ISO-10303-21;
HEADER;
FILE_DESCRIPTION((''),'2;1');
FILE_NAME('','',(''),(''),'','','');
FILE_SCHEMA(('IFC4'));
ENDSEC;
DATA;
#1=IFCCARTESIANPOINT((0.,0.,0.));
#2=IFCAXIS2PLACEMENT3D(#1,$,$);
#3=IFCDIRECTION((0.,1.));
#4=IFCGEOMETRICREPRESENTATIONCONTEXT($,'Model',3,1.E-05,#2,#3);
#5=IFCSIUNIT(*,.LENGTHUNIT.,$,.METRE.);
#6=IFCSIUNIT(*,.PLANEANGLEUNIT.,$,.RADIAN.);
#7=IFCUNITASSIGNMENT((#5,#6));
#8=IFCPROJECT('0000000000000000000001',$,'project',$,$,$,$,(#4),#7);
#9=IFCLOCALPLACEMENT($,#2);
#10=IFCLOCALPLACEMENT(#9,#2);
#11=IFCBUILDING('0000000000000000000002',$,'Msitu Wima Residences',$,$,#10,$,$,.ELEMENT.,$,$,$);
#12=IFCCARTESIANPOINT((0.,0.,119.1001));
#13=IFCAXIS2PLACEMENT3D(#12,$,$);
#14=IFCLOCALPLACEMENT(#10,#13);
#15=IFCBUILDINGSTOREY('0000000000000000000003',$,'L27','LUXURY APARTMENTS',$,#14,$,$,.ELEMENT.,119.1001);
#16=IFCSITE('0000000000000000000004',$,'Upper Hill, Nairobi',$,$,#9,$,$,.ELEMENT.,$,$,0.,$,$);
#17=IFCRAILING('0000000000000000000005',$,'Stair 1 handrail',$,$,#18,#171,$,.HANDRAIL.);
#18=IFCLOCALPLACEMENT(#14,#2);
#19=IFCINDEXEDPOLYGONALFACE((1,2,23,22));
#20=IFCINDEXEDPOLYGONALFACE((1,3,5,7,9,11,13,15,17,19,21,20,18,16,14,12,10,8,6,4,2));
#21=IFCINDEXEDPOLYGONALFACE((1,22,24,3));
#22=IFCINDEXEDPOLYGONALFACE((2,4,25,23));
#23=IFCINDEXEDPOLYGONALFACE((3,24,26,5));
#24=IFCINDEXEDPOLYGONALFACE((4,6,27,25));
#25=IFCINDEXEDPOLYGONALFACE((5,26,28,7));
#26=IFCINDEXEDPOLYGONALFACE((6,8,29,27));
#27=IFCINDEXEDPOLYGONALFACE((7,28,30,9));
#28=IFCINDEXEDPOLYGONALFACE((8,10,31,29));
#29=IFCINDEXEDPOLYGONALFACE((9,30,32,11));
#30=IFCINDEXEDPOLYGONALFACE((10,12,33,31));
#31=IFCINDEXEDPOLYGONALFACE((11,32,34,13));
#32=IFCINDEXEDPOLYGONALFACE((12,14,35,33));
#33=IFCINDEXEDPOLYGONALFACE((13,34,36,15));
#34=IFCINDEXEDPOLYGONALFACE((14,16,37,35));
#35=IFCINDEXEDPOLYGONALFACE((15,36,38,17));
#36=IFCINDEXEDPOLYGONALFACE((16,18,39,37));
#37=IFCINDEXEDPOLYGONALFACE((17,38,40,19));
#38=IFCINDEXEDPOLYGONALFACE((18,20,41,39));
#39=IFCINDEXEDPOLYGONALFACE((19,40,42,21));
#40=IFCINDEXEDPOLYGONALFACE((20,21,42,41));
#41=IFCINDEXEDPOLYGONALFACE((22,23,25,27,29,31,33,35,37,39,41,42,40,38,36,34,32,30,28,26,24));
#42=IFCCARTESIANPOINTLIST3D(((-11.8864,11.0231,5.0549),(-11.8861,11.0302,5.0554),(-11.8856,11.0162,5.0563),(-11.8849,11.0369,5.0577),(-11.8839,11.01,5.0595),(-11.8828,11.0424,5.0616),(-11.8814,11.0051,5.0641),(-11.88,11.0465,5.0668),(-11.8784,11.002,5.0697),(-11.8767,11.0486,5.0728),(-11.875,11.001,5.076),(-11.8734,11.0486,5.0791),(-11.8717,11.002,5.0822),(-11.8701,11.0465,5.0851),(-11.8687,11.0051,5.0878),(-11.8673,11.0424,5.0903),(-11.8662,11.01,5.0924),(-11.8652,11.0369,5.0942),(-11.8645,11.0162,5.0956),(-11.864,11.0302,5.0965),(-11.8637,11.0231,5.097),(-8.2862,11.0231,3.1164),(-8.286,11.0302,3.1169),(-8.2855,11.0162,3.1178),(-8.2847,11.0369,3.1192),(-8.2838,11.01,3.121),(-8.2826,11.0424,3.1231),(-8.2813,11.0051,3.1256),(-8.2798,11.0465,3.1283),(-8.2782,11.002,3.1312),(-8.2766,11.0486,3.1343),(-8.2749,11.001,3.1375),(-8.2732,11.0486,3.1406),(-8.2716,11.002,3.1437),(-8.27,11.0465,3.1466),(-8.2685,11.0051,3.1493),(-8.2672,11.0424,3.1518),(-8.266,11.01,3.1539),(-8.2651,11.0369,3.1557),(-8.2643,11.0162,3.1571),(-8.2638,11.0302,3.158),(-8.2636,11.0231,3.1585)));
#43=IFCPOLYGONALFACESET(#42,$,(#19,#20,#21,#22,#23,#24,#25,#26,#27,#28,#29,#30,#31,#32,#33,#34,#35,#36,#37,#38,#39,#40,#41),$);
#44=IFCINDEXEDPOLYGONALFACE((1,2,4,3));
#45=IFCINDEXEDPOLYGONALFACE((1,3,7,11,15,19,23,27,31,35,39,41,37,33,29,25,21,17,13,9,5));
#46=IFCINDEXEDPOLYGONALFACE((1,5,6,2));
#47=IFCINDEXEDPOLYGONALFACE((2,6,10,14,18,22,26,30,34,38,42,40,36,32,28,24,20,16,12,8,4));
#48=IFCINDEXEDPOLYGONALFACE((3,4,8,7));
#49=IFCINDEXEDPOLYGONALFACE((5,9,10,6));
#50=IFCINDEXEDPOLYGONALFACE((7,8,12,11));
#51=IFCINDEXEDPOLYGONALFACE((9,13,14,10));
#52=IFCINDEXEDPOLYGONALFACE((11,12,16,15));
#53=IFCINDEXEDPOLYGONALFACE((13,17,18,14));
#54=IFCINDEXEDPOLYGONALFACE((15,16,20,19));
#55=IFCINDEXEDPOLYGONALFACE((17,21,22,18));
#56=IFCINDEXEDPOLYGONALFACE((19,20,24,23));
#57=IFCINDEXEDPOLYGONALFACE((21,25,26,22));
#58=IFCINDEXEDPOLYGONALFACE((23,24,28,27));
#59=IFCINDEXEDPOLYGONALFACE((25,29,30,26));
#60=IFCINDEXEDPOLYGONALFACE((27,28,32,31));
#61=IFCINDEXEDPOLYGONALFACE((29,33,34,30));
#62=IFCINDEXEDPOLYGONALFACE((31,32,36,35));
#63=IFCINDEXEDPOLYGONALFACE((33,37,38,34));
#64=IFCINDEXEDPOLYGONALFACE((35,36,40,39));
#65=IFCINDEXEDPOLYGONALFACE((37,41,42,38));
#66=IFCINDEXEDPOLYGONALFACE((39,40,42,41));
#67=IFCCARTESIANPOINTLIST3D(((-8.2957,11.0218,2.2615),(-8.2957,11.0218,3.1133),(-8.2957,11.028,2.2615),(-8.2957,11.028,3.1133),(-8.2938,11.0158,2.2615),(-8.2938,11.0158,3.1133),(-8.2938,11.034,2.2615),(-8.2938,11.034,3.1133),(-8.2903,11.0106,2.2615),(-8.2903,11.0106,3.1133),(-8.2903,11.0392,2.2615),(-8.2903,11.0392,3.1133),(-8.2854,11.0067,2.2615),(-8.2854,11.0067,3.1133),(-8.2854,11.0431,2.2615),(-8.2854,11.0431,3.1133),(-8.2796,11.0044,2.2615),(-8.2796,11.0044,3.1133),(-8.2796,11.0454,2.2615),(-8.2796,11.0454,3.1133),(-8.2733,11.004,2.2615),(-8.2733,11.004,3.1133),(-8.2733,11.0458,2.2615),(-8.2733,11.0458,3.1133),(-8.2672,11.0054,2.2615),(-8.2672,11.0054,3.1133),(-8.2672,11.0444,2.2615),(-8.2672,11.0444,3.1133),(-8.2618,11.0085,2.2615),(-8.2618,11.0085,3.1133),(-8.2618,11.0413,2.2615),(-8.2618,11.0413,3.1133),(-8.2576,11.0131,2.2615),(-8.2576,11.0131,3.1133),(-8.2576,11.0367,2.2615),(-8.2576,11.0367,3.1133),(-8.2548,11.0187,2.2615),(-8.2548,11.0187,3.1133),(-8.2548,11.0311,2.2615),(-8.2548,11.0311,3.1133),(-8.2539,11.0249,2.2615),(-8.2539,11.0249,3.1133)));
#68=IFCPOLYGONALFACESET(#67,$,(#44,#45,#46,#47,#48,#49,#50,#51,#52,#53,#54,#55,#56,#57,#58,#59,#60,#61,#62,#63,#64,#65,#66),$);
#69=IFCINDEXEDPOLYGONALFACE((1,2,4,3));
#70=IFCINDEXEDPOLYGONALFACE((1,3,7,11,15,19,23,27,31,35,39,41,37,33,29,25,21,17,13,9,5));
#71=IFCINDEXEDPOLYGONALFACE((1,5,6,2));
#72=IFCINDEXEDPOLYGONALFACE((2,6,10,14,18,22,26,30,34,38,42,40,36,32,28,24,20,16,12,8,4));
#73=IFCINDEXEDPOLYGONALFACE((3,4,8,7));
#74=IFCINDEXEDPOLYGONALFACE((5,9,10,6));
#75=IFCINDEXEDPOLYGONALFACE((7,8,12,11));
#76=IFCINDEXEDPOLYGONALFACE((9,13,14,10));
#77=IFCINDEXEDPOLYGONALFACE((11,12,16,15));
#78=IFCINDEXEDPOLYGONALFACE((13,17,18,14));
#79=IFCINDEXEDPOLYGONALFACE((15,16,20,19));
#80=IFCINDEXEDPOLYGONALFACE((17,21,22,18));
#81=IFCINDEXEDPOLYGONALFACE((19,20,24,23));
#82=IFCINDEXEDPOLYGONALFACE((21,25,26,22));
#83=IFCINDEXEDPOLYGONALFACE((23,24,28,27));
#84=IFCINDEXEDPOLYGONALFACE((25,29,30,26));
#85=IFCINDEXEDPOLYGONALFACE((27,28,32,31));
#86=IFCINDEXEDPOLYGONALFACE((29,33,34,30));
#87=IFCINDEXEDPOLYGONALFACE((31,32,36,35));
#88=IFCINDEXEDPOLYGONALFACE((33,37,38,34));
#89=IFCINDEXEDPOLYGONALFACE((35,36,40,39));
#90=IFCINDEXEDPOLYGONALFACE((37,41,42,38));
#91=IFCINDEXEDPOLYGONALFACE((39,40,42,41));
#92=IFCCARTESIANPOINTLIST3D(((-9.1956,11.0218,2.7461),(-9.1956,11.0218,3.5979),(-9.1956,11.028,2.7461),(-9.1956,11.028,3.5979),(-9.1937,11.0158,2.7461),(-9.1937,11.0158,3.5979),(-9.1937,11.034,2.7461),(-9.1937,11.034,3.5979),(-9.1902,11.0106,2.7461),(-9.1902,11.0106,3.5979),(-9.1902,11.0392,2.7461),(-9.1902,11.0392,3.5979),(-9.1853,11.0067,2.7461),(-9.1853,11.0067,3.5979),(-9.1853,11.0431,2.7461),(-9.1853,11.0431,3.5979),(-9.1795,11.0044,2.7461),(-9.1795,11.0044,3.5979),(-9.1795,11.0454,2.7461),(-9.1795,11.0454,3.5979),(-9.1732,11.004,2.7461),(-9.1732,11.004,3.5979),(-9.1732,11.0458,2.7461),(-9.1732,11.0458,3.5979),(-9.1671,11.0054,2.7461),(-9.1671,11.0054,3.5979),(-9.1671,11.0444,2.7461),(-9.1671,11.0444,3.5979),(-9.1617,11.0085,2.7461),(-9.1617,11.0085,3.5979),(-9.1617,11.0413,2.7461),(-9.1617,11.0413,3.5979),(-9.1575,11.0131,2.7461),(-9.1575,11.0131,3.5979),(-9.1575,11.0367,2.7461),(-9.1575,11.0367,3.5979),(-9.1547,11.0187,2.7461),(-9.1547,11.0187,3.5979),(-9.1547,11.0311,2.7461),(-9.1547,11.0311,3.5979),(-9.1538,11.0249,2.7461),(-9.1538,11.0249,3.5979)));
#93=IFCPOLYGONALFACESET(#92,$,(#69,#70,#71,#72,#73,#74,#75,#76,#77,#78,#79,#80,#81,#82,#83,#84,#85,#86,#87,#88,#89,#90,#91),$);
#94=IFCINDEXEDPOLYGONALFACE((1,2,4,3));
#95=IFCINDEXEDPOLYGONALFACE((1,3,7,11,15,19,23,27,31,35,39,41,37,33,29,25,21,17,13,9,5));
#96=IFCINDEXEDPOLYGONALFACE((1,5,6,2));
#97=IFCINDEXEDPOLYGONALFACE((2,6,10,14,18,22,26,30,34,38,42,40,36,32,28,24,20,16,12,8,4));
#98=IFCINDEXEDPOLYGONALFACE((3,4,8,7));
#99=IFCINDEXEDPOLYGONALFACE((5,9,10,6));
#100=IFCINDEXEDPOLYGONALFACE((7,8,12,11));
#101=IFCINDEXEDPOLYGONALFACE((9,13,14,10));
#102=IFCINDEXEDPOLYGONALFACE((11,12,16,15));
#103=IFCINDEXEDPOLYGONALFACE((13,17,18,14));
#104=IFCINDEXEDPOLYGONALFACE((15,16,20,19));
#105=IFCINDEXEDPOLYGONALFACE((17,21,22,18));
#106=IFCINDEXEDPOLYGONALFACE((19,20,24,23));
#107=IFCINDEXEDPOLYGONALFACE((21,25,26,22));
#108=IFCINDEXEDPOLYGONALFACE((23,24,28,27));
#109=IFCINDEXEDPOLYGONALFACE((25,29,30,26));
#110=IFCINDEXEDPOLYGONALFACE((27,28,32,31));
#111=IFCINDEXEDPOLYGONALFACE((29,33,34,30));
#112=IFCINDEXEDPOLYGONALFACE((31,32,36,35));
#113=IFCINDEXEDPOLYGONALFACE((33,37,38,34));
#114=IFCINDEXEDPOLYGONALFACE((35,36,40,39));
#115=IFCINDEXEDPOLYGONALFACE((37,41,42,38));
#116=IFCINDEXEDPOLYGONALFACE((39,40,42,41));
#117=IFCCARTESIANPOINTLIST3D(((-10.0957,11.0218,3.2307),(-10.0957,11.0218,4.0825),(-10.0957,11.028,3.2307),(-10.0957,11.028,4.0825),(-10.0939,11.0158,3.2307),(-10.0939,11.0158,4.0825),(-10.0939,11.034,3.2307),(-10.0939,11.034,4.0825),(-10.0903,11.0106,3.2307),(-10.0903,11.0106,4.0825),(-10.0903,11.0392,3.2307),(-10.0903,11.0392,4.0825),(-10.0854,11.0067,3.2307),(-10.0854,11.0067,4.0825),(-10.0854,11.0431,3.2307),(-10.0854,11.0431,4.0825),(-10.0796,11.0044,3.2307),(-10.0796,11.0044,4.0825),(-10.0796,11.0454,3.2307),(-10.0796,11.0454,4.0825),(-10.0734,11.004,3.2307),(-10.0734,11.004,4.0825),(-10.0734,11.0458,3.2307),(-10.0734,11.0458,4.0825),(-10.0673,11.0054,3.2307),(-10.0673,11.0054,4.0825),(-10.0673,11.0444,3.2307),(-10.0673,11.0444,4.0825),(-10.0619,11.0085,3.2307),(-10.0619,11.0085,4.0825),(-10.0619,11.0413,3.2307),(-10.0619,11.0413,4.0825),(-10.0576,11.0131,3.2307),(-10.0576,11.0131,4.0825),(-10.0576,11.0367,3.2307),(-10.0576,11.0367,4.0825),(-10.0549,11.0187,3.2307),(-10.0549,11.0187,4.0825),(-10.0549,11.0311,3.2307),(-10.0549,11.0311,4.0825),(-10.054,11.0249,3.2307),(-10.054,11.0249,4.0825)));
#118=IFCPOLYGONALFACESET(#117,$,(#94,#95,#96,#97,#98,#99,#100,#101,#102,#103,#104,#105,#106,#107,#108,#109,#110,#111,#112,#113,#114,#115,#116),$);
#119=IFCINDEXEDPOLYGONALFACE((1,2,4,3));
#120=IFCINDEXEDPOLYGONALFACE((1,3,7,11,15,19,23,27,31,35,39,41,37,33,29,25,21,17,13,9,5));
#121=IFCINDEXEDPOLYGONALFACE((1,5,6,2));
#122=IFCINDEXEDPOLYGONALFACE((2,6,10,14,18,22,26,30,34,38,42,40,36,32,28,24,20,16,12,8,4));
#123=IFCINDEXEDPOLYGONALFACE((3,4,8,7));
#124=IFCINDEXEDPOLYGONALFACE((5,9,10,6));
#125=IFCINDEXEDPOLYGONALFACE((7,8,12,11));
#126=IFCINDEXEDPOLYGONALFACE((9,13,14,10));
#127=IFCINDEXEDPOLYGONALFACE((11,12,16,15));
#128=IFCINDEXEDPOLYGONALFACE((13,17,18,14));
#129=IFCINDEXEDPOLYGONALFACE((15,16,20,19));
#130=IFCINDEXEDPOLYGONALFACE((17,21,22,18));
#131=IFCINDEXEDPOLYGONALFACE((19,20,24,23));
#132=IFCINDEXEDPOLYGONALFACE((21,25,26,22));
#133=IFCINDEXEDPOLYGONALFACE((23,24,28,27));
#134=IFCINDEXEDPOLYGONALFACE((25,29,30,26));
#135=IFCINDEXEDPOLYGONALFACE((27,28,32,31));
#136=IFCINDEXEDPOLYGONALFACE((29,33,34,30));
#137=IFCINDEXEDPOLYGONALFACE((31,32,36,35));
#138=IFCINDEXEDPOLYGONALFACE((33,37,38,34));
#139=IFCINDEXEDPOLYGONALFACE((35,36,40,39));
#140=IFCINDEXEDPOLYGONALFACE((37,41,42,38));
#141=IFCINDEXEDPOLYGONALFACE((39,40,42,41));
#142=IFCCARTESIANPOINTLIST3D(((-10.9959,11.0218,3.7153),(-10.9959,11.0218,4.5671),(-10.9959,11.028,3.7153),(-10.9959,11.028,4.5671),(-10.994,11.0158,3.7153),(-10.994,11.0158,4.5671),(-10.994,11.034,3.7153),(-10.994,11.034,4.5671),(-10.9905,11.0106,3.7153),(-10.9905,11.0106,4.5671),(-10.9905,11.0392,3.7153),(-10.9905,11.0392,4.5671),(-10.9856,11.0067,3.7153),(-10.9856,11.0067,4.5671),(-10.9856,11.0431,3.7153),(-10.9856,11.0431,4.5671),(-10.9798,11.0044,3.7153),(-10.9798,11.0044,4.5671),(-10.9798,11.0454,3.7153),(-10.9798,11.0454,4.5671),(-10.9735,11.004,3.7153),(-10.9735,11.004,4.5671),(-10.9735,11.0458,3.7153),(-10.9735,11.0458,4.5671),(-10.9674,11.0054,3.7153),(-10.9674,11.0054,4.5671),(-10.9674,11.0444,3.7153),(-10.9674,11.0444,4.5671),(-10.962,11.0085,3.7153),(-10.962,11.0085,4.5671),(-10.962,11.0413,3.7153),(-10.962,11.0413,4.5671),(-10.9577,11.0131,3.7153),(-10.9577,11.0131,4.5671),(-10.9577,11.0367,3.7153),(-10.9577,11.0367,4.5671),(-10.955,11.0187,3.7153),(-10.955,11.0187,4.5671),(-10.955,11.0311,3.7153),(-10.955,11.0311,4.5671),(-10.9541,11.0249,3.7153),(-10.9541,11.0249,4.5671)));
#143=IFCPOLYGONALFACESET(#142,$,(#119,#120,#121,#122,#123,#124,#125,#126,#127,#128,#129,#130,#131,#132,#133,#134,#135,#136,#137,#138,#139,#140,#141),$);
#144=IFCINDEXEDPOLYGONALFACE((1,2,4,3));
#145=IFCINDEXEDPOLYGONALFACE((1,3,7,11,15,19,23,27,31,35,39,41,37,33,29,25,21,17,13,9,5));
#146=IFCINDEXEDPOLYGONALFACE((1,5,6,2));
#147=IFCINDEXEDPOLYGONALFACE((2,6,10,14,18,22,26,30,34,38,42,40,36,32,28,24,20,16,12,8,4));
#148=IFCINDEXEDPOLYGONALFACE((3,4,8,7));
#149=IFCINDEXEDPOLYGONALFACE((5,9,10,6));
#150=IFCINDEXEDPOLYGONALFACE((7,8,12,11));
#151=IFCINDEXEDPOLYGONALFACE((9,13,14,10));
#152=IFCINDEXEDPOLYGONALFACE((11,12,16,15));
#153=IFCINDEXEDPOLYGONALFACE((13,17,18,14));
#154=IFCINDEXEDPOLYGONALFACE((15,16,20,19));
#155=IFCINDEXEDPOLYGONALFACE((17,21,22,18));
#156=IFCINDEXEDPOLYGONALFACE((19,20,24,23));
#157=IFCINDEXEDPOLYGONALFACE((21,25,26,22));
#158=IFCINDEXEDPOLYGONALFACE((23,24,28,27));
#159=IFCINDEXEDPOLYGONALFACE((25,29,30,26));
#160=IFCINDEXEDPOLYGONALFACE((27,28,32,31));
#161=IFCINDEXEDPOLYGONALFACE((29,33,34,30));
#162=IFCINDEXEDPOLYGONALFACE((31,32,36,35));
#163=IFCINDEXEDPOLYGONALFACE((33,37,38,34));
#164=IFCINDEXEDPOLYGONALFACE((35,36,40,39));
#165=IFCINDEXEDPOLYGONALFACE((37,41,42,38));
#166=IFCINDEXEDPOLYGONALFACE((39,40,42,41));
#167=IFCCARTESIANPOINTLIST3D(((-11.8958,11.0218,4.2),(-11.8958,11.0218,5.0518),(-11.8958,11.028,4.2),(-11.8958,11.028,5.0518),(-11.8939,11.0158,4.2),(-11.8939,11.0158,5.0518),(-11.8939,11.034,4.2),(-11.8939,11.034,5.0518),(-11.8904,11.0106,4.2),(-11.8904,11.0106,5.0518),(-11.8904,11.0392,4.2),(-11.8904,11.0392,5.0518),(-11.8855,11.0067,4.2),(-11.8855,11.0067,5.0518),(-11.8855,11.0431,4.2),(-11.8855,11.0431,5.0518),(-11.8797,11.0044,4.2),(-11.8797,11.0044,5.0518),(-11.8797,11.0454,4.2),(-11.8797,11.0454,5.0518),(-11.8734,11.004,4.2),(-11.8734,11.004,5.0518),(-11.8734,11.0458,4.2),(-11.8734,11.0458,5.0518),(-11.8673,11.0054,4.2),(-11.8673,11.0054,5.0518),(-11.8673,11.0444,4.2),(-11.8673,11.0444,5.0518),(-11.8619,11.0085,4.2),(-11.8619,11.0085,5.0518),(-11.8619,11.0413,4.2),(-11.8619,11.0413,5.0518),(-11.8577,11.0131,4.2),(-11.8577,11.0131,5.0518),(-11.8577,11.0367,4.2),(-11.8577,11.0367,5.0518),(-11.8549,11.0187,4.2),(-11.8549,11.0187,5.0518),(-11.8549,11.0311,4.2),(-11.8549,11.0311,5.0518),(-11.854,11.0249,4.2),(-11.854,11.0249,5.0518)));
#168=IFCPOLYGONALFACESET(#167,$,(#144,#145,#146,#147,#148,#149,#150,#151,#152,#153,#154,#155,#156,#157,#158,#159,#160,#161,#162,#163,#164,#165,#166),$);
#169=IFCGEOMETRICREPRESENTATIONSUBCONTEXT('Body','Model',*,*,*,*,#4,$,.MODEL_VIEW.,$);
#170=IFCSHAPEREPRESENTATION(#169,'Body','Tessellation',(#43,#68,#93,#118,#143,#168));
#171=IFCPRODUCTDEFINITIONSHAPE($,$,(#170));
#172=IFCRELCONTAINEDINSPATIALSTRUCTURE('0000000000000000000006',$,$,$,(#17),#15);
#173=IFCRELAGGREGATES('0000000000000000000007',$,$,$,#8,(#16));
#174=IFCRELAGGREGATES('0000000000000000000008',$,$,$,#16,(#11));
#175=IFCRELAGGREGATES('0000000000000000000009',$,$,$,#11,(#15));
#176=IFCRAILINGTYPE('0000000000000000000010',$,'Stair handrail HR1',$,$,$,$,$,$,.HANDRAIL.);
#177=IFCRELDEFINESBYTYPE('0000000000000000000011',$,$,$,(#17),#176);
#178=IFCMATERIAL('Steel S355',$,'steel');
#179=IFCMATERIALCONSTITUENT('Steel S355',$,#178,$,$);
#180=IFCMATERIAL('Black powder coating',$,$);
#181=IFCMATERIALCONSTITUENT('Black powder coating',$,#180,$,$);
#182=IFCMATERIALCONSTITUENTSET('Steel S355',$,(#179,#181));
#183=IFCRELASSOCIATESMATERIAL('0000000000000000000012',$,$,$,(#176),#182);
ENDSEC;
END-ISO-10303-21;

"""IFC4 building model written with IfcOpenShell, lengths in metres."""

from ifc_helpers import new_model, si_unit, direction, frame, origin, origin_2d, place, context, subcontext, project, spatial, circle, extrude, material, constituent, constituent_set, type_object, element, save


model = new_model("IFC4")

# Units and contexts
model_context = context("Model", 3, precision=1e-05, world=origin(), true_north=direction((0.0, 1.0)))
body_context = subcontext(model_context, "Body", "Model", "MODEL_VIEW")
ifc_project = project(units=[si_unit("LENGTHUNIT", "METRE"), si_unit("PLANEANGLEUNIT", "RADIAN")], contexts=[model_context])

# Site, building, storey
site_placement = place(None, origin())
site = spatial("IfcSite", under=ifc_project, at=site_placement, Name="Upper Hill, Nairobi", CompositionType="ELEMENT", RefElevation=0.0)
building_placement = place(site_placement, origin())
building = spatial("IfcBuilding", under=site, at=building_placement, Name="Msitu Wima Residences", CompositionType="ELEMENT")
storey_placement = place(building_placement, frame((0.0, 0.0, 119.1001)))
storey = spatial("IfcBuildingStorey", under=building, at=storey_placement, Name="L27", Description="LUXURY APARTMENTS", CompositionType="ELEMENT", Elevation=119.1001)

# Railing
ifc_material_1 = material(Name="Steel S355", Category="steel")
ifc_constituent_1 = constituent(ifc_material_1, Name="Steel S355")
ifc_material_2 = material(Name="Black powder coating")
ifc_constituent_2 = constituent(ifc_material_2, Name="Black powder coating")
ifc_constituent_set = constituent_set(constituents=[ifc_constituent_1, ifc_constituent_2], Name="Steel S355")
railing_type = type_object("IfcRailingType", Name="Stair handrail HR1", PredefinedType="HANDRAIL", material=ifc_constituent_set)
for number, where, name in (
    (1, (-8.2749, 11.0249, 2.2615), "Stair 1 handrail"),
):
    element("IfcRailing", number, at=place(storey_placement, frame(where)), inside=storey, type_object=railing_type, Name=name, PredefinedType="HANDRAIL", context=body_context, shape_type="SweptSolid", body=[
        extrude(circle(Radius=0.0239, at=origin_2d()), frame((0.0, 0.0, 0.876), z_axis=(-0.880475, 0.0, 0.474093), x_axis=(0.0, -1.0, 0.0)), (0.0, 0.0, 1.0), 4.0889),
        extrude(circle(Radius=0.021, at=origin_2d()), origin(), (0.0, 0.0, 1.0), 0.8518),
        extrude(circle(Radius=0.021, at=origin_2d()), frame((-0.8999, 0.0, 0.4846)), (0.0, 0.0, 1.0), 0.8518),
        extrude(circle(Radius=0.021, at=origin_2d()), frame((-1.8, 0.0, 0.9692)), (0.0, 0.0, 1.0), 0.8518),
        extrude(circle(Radius=0.021, at=origin_2d()), frame((-2.7002, 0.0, 1.4539)), (0.0, 0.0, 1.0), 0.8518),
        extrude(circle(Radius=0.021, at=origin_2d()), frame((-3.6001, 0.0, 1.9385)), (0.0, 0.0, 1.0), 0.8518),
    ])

save(model, "model.ifc")
